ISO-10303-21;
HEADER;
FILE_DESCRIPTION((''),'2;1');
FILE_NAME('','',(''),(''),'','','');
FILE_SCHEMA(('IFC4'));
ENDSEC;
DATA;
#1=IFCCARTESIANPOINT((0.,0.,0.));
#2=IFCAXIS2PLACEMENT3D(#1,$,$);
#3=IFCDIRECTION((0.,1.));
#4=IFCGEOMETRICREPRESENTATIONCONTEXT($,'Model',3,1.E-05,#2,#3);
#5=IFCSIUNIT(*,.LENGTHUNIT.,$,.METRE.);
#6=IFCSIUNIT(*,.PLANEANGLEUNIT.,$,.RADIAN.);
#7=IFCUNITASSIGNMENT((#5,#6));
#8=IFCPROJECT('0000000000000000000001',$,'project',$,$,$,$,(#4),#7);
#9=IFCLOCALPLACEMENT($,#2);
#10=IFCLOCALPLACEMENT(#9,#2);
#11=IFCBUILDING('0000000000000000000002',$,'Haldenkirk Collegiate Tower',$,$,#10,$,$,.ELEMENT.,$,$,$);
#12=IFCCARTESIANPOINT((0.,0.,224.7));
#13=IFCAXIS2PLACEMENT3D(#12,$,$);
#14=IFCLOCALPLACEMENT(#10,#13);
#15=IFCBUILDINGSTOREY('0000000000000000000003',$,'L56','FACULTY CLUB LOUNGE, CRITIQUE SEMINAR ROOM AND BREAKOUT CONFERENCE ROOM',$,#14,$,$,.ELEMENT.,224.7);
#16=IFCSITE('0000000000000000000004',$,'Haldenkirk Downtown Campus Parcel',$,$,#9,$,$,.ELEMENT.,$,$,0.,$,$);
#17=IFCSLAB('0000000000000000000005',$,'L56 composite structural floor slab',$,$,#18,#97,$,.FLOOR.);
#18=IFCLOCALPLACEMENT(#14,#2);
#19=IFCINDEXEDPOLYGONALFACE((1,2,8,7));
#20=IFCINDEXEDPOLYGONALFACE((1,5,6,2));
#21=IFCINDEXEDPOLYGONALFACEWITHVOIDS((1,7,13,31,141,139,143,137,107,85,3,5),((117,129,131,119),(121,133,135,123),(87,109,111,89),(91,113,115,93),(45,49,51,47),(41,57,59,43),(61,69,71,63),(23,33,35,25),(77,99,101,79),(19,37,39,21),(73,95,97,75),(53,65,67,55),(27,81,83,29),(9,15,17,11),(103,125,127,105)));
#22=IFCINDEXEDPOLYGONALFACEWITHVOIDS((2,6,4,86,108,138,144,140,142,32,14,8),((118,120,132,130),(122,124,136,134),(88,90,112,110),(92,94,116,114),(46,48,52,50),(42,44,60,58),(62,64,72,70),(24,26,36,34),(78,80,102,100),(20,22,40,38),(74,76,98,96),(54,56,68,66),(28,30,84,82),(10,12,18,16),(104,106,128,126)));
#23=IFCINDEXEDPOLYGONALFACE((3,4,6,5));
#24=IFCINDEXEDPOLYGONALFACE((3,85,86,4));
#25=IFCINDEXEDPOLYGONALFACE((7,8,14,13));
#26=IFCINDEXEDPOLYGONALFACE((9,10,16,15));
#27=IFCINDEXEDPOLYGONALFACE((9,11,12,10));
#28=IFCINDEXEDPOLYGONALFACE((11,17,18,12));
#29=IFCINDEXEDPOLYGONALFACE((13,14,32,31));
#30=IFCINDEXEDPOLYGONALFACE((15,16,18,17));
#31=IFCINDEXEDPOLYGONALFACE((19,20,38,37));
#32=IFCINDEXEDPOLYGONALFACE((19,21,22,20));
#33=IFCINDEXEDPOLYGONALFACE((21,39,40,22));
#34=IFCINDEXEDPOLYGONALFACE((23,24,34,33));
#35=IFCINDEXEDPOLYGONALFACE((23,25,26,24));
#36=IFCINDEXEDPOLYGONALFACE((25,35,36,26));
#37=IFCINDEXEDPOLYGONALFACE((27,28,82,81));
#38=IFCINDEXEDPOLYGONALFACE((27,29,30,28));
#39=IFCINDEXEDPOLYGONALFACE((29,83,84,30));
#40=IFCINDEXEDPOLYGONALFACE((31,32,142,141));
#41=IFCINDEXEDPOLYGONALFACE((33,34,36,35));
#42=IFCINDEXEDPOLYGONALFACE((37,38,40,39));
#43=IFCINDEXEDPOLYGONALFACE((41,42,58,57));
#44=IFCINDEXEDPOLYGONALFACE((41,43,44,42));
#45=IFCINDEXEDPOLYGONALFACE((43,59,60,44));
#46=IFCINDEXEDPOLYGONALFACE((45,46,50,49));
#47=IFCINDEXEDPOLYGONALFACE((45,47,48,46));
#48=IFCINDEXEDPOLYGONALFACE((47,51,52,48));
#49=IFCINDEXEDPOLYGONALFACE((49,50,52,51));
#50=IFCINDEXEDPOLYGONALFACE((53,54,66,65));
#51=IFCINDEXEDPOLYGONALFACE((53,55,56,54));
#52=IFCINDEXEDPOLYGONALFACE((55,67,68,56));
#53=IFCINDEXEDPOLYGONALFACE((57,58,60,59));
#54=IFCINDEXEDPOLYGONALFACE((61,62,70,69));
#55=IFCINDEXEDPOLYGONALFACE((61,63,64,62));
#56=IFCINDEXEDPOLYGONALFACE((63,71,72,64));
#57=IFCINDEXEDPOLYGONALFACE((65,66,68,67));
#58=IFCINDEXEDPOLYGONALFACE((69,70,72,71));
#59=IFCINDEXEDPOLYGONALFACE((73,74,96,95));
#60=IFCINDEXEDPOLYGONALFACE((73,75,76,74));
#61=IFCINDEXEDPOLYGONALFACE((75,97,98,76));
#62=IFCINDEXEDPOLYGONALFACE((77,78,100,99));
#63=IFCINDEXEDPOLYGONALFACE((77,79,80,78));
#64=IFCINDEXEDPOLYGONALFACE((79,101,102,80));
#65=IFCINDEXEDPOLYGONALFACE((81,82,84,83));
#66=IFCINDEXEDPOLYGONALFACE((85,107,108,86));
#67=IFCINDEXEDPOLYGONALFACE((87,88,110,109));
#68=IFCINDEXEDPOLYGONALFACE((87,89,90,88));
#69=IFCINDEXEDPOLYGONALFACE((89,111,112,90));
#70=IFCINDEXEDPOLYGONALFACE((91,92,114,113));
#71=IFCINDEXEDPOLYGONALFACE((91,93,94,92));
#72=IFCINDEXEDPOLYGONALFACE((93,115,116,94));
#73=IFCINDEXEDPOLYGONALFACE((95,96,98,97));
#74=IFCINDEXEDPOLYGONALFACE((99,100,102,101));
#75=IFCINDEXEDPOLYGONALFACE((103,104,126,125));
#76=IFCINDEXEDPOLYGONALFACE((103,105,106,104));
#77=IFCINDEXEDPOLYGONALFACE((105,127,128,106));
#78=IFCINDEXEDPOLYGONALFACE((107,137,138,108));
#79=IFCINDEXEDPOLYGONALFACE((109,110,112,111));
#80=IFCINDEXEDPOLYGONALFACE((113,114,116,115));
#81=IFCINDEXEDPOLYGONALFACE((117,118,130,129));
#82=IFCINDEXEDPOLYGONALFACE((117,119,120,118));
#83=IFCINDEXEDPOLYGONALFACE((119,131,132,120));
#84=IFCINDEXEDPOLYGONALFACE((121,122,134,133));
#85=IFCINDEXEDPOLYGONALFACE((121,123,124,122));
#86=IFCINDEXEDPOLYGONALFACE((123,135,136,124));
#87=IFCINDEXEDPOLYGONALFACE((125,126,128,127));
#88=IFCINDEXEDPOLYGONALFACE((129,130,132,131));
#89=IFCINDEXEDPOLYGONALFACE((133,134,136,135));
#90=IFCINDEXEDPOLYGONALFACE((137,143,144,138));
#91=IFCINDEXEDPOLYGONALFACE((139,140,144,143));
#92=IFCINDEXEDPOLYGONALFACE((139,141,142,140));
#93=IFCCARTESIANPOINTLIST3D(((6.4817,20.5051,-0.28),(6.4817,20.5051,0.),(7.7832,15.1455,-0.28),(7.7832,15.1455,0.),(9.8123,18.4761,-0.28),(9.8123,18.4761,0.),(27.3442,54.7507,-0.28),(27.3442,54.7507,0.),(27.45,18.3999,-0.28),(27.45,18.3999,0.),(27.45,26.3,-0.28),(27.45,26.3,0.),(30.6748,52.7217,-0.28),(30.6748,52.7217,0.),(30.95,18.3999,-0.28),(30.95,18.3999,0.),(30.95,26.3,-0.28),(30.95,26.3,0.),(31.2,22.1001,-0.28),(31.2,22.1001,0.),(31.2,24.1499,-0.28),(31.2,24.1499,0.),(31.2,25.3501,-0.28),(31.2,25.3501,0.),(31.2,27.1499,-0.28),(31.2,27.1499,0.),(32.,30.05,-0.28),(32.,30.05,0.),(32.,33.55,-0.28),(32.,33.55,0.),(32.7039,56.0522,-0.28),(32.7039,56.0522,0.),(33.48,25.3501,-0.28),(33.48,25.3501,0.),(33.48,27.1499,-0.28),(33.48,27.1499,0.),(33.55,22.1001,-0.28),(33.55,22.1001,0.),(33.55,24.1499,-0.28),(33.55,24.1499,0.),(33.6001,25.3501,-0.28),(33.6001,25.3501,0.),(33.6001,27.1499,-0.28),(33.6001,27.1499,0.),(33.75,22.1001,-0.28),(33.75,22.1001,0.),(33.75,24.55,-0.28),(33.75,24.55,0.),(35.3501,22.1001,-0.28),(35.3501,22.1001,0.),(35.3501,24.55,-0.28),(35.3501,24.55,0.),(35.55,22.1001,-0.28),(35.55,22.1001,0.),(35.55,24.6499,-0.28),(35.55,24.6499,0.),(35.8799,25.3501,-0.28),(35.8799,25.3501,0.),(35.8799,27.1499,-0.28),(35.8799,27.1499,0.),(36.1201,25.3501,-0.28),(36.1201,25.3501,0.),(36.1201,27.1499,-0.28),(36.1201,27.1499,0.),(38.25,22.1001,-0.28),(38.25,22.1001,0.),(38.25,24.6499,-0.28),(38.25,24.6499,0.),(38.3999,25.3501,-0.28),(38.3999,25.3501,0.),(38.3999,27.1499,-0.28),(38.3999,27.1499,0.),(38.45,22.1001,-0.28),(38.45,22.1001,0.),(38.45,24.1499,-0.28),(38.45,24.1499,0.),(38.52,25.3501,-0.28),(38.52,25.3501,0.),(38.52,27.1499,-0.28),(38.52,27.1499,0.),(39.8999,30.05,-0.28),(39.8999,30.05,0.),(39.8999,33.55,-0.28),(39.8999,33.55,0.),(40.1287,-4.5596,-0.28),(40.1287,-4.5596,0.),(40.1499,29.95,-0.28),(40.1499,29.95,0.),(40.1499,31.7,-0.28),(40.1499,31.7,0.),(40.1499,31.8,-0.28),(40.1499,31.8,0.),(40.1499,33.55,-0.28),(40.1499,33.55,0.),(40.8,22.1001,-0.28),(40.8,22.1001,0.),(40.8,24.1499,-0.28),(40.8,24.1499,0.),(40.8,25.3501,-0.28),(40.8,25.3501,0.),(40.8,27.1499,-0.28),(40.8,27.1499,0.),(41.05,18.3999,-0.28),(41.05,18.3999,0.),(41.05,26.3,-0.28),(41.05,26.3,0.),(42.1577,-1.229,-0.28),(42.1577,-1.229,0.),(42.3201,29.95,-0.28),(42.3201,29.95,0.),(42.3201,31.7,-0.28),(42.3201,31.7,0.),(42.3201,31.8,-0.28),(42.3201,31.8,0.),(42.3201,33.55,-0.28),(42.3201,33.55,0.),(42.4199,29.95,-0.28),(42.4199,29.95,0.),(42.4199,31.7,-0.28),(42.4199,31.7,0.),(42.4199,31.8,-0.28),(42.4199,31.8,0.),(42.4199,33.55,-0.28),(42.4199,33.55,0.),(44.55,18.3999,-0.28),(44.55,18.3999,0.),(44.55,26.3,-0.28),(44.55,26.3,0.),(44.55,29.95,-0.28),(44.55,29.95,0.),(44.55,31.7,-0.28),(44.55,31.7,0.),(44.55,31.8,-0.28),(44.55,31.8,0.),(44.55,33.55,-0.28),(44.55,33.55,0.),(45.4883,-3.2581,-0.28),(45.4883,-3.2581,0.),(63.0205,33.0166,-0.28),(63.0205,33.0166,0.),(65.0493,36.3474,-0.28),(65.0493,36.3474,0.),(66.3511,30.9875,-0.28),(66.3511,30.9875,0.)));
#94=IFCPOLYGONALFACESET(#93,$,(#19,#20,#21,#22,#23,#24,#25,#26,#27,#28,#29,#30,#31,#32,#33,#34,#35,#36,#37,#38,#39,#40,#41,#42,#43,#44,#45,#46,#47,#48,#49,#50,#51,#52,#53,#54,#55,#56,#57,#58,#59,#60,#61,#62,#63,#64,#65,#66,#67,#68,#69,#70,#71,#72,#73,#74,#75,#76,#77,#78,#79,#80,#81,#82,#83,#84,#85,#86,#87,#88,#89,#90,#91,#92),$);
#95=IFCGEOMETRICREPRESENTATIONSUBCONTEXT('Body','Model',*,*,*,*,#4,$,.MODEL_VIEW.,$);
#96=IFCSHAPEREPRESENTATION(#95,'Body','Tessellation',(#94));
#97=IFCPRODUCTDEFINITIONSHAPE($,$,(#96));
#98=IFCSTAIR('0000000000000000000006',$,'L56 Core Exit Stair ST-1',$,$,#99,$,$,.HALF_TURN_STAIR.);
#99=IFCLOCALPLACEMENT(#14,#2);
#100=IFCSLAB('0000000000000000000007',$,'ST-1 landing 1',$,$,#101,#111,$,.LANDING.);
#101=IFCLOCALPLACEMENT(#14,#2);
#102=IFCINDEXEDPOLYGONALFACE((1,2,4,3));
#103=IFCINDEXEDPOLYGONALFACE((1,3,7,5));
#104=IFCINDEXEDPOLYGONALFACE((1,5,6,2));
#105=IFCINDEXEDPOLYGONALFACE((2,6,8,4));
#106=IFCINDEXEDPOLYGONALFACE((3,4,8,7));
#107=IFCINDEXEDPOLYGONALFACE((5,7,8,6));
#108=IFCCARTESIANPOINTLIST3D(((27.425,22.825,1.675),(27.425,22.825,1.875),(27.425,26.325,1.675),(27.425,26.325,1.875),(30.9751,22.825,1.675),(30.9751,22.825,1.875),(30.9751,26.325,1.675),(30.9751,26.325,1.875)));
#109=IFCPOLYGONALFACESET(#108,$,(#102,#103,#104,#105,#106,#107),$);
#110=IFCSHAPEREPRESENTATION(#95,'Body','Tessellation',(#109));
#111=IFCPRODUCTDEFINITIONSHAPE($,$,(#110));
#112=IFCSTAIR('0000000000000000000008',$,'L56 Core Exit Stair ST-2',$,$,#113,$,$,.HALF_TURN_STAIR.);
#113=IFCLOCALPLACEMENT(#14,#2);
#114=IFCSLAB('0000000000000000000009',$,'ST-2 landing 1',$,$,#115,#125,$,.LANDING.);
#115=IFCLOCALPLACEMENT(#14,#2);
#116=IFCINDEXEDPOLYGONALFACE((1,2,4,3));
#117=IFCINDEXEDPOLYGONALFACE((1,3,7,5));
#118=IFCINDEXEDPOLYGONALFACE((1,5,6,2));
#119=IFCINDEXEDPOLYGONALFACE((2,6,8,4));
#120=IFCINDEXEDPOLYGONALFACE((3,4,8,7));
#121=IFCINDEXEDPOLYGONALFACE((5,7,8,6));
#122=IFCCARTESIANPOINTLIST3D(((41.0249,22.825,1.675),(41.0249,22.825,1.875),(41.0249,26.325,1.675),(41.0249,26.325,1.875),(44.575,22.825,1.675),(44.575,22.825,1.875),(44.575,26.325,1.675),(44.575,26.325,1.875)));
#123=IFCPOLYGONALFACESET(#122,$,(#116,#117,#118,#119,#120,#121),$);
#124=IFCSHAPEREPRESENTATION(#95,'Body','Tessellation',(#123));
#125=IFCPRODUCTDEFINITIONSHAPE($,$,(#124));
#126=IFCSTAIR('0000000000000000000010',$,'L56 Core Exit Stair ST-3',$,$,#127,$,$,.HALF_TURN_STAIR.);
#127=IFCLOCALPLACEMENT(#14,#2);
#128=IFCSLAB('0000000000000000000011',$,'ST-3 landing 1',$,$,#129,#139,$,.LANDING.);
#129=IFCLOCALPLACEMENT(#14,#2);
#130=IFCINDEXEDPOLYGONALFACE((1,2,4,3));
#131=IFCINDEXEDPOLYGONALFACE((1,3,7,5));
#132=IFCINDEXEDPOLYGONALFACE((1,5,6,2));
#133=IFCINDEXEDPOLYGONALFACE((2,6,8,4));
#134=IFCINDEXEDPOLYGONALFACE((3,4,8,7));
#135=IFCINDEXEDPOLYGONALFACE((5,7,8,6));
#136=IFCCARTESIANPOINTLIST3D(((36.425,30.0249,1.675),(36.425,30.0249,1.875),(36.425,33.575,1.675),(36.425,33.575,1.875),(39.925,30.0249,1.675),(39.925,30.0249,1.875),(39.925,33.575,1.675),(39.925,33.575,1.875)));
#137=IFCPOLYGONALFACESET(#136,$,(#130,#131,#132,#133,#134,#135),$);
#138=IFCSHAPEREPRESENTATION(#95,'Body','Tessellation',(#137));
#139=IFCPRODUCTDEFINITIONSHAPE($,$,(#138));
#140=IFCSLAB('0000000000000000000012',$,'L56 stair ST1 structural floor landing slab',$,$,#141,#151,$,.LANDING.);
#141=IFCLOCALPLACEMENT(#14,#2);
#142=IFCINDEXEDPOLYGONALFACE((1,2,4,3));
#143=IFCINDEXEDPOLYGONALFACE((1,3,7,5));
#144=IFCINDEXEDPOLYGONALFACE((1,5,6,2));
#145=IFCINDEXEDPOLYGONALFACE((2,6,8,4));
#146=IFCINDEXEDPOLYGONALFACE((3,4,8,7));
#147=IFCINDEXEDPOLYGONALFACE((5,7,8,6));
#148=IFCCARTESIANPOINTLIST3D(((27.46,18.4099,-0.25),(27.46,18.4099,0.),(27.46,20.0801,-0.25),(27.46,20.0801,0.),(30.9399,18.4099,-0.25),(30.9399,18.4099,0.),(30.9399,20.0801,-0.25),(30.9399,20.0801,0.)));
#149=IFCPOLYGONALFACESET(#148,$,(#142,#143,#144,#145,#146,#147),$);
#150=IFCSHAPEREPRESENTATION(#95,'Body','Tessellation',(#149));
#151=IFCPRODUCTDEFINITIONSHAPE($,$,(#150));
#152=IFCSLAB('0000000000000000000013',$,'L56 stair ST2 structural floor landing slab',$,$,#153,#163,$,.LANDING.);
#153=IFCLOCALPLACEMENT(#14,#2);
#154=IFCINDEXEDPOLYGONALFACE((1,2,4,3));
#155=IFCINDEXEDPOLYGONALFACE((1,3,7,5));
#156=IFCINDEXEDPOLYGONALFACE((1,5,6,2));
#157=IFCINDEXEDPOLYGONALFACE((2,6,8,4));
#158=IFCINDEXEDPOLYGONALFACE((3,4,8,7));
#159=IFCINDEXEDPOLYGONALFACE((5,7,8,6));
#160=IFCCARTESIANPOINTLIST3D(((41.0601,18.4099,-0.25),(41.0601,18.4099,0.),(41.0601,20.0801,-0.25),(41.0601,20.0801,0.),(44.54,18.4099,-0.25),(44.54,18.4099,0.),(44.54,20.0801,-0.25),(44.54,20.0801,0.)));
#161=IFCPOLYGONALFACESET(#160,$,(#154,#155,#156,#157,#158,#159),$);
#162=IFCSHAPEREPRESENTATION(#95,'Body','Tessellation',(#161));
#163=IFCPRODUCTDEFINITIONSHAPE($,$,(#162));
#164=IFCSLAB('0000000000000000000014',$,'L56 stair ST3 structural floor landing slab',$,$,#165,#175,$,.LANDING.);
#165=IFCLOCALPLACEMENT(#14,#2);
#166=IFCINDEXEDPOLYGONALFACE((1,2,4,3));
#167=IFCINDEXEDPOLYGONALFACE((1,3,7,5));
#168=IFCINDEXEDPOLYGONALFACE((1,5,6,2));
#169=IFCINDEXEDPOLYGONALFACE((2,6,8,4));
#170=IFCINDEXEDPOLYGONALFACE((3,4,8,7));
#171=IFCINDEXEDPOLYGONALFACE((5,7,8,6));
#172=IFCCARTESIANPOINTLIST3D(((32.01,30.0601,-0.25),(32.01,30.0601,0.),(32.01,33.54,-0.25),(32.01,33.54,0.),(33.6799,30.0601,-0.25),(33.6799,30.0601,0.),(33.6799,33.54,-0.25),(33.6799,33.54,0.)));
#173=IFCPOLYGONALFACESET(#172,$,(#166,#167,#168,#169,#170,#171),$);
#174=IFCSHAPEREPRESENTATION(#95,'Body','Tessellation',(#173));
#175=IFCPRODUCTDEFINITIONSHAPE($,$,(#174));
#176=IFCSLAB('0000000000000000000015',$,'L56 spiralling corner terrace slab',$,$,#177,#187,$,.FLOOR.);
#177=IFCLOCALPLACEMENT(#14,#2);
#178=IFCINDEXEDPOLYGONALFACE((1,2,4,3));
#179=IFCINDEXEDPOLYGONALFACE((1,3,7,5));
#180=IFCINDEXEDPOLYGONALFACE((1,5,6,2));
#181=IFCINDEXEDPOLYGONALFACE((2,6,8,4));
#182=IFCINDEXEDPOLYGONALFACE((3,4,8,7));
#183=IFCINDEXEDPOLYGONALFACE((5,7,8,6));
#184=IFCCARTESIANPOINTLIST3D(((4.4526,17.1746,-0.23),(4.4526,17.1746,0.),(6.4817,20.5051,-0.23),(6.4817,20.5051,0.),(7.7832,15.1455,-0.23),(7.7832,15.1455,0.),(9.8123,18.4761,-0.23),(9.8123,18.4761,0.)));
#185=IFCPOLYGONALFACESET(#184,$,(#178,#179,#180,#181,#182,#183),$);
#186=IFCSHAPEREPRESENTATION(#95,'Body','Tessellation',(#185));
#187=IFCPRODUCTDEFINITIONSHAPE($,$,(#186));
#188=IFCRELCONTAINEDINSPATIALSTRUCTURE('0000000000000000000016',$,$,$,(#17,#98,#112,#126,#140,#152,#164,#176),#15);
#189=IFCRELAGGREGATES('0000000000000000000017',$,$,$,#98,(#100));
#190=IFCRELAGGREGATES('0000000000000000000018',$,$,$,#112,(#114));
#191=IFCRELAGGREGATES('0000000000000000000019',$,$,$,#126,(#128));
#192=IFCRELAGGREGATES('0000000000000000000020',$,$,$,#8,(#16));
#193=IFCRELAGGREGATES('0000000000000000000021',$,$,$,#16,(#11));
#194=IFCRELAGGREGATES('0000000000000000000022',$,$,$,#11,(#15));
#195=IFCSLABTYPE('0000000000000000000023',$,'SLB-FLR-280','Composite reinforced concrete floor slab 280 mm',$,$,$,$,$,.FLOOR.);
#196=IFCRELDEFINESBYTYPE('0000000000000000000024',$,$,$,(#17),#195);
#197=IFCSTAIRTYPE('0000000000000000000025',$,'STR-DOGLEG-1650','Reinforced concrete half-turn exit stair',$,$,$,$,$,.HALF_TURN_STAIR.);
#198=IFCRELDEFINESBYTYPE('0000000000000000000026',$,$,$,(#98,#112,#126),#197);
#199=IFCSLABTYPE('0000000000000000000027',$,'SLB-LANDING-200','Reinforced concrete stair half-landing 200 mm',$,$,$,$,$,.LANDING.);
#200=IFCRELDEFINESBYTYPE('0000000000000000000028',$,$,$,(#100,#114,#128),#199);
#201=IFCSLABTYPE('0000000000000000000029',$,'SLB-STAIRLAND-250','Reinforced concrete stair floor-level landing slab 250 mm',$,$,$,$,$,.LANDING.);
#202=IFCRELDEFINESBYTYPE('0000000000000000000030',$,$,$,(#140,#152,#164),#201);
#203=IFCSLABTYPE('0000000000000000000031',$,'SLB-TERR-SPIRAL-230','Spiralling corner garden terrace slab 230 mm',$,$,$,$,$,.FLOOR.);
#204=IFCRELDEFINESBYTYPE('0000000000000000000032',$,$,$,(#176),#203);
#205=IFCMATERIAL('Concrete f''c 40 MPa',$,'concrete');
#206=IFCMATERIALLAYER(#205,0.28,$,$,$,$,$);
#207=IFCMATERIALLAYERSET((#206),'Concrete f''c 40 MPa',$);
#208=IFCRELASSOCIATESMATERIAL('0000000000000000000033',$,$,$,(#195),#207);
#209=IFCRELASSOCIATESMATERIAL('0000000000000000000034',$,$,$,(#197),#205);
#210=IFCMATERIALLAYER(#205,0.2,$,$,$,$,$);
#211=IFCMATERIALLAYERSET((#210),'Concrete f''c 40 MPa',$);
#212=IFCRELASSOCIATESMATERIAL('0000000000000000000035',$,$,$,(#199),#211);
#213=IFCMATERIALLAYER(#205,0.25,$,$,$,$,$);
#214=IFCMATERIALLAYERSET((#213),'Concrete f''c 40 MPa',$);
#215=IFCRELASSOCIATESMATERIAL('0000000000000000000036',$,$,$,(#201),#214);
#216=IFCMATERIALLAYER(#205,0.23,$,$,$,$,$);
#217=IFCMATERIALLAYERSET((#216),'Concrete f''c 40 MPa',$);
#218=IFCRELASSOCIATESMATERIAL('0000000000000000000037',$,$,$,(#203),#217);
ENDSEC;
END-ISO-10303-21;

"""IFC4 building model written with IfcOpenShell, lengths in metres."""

from ifc_helpers import new_model, si_unit, direction, frame, origin, place, context, subcontext, project, spatial, polyline, outline, extrude, material, layer, layer_set, type_object, element, aggregate, save


model = new_model("IFC4")

# Units and contexts
model_context = context("Model", 3, precision=1e-05, world=origin(), true_north=direction((0.0, 1.0)))
body_context = subcontext(model_context, "Body", "Model", "MODEL_VIEW")
ifc_project = project(units=[si_unit("LENGTHUNIT", "METRE"), si_unit("PLANEANGLEUNIT", "RADIAN")], contexts=[model_context])

# Site, building, storey
site_placement = place(None, origin())
site = spatial("IfcSite", under=ifc_project, at=site_placement, Name="Haldenkirk Downtown Campus Parcel", CompositionType="ELEMENT", RefElevation=0.0)
building_placement = place(site_placement, origin())
building = spatial("IfcBuilding", under=site, at=building_placement, Name="Haldenkirk Collegiate Tower", CompositionType="ELEMENT")
storey_placement = place(building_placement, frame((0.0, 0.0, 224.7)))
storey = spatial("IfcBuildingStorey", under=building, at=storey_placement, Name="L56", Description="FACULTY CLUB LOUNGE, CRITIQUE SEMINAR ROOM AND BREAKOUT CONFERENCE ROOM", CompositionType="ELEMENT", Elevation=224.7)

# Slab
ifc_material_1 = material(Name="Concrete f'c 40 MPa", Category="concrete")
ifc_layer_1 = layer(ifc_material_1, 0.28)
ifc_layer_set_1 = layer_set([ifc_layer_1], Name="Concrete f'c 40 MPa")
slab_type_1 = type_object("IfcSlabType", Name="SLB-FLR-280", Description="Composite reinforced concrete floor slab 280 mm", PredefinedType="FLOOR", material=ifc_layer_set_1)
slab_1_placement = place(storey_placement, frame((0.0, 0.0, -0.28)))
element("IfcSlab", 1, at=slab_1_placement, inside=storey, type_object=slab_type_1, Name="L56 composite structural floor slab", PredefinedType="FLOOR", context=body_context, shape_type="SweptSolid", body=[
    extrude(outline(polyline([(45.4883, -3.2581), (66.3511, 30.9875), (63.0205, 33.0166), (65.0493, 36.3474), (32.7039, 56.0522), (30.6748, 52.7217), (27.3442, 54.7507), (6.4817, 20.5051), (9.8123, 18.4761), (7.7832, 15.1455), (40.1287, -4.5596), (42.1577, -1.229), (45.4883, -3.2581)]), holes=[polyline([(27.45, 18.3999), (30.95, 18.3999), (30.95, 26.3), (27.45, 26.3), (27.45, 18.3999)]), polyline([(41.05, 18.3999), (44.55, 18.3999), (44.55, 26.3), (41.05, 26.3), (41.05, 18.3999)]), polyline([(32.0, 30.05), (39.8999, 30.05), (39.8999, 33.55), (32.0, 33.55), (32.0, 30.05)]), polyline([(33.75, 22.1001), (35.3501, 22.1001), (35.3501, 24.55), (33.75, 24.55), (33.75, 22.1001)]), polyline([(40.1499, 29.95), (42.3201, 29.95), (42.3201, 31.7), (40.1499, 31.7), (40.1499, 29.95)]), polyline([(42.4199, 29.95), (44.55, 29.95), (44.55, 31.7), (42.4199, 31.7), (42.4199, 29.95)]), polyline([(40.1499, 31.8), (42.3201, 31.8), (42.3201, 33.55), (40.1499, 33.55), (40.1499, 31.8)]), polyline([(42.4199, 31.8), (44.55, 31.8), (44.55, 33.55), (42.4199, 33.55), (42.4199, 31.8)]), polyline([(31.2, 25.3501), (33.48, 25.3501), (33.48, 27.1499), (31.2, 27.1499), (31.2, 25.3501)]), polyline([(33.6001, 25.3501), (35.8799, 25.3501), (35.8799, 27.1499), (33.6001, 27.1499), (33.6001, 25.3501)]), polyline([(36.1201, 25.3501), (38.3999, 25.3501), (38.3999, 27.1499), (36.1201, 27.1499), (36.1201, 25.3501)]), polyline([(38.52, 25.3501), (40.8, 25.3501), (40.8, 27.1499), (38.52, 27.1499), (38.52, 25.3501)]), polyline([(31.2, 22.1001), (33.55, 22.1001), (33.55, 24.1499), (31.2, 24.1499), (31.2, 22.1001)]), polyline([(38.45, 22.1001), (40.8, 22.1001), (40.8, 24.1499), (38.45, 24.1499), (38.45, 22.1001)]), polyline([(35.55, 22.1001), (38.25, 22.1001), (38.25, 24.6499), (35.55, 24.6499), (35.55, 22.1001)])]), origin(), (0.0, 0.0, 1.0), 0.28),
])

# Stairs, slabs
stair_type = type_object("IfcStairType", Name="STR-DOGLEG-1650", Description="Reinforced concrete half-turn exit stair", PredefinedType="HALF_TURN_STAIR", material=ifc_material_1)
stair_1_placement = place(storey_placement, origin())
stair_1 = element("IfcStair", 2, at=stair_1_placement, inside=storey, type_object=stair_type, Name="L56 Core Exit Stair ST-1", PredefinedType="HALF_TURN_STAIR")
ifc_layer_2 = layer(ifc_material_1, 0.2)
ifc_layer_set_2 = layer_set([ifc_layer_2], Name="Concrete f'c 40 MPa")
slab_type_2 = type_object("IfcSlabType", Name="SLB-LANDING-200", Description="Reinforced concrete stair half-landing 200 mm", PredefinedType="LANDING", material=ifc_layer_set_2)
slab_2_placement = place(storey_placement, frame((0.0, 0.0, 1.675)))
slab_2 = element("IfcSlab", 3, at=slab_2_placement, type_object=slab_type_2, Name="ST-1 landing 1", PredefinedType="LANDING", context=body_context, shape_type="SweptSolid", body=[
    extrude(outline(polyline([(30.9751, 22.825), (27.425, 22.825), (27.425, 26.325), (30.9751, 26.325), (30.9751, 22.825)])), origin(), (0.0, 0.0, 1.0), 0.2),
])
aggregate(stair_1, [slab_2])
stair_2_placement = place(storey_placement, origin())
stair_2 = element("IfcStair", 4, at=stair_2_placement, inside=storey, type_object=stair_type, Name="L56 Core Exit Stair ST-2", PredefinedType="HALF_TURN_STAIR")
slab_3_placement = place(storey_placement, frame((0.0, 0.0, 1.675)))
slab_3 = element("IfcSlab", 5, at=slab_3_placement, type_object=slab_type_2, Name="ST-2 landing 1", PredefinedType="LANDING", context=body_context, shape_type="SweptSolid", body=[
    extrude(outline(polyline([(44.575, 22.825), (41.0249, 22.825), (41.0249, 26.325), (44.575, 26.325), (44.575, 22.825)])), origin(), (0.0, 0.0, 1.0), 0.2),
])
aggregate(stair_2, [slab_3])
stair_3_placement = place(storey_placement, origin())
stair_3 = element("IfcStair", 6, at=stair_3_placement, inside=storey, type_object=stair_type, Name="L56 Core Exit Stair ST-3", PredefinedType="HALF_TURN_STAIR")
slab_4_placement = place(storey_placement, frame((0.0, 0.0, 1.675)))
slab_4 = element("IfcSlab", 7, at=slab_4_placement, type_object=slab_type_2, Name="ST-3 landing 1", PredefinedType="LANDING", context=body_context, shape_type="SweptSolid", body=[
    extrude(outline(polyline([(36.425, 30.0249), (36.425, 33.575), (39.925, 33.575), (39.925, 30.0249), (36.425, 30.0249)])), origin(), (0.0, 0.0, 1.0), 0.2),
])
aggregate(stair_3, [slab_4])

# Slabs
ifc_layer_3 = layer(ifc_material_1, 0.25)
ifc_layer_set_3 = layer_set([ifc_layer_3], Name="Concrete f'c 40 MPa")
slab_type_3 = type_object("IfcSlabType", Name="SLB-STAIRLAND-250", Description="Reinforced concrete stair floor-level landing slab 250 mm", PredefinedType="LANDING", material=ifc_layer_set_3)
slab_5_placement = place(storey_placement, frame((0.0, 0.0, -0.25)))
element("IfcSlab", 8, at=slab_5_placement, inside=storey, type_object=slab_type_3, Name="L56 stair ST1 structural floor landing slab", PredefinedType="LANDING", context=body_context, shape_type="SweptSolid", body=[
    extrude(outline(polyline([(27.46, 18.4099), (30.9399, 18.4099), (30.9399, 20.0801), (27.46, 20.0801), (27.46, 18.4099)])), origin(), (0.0, 0.0, 1.0), 0.25),
])
slab_6_placement = place(storey_placement, frame((0.0, 0.0, -0.25)))
element("IfcSlab", 9, at=slab_6_placement, inside=storey, type_object=slab_type_3, Name="L56 stair ST2 structural floor landing slab", PredefinedType="LANDING", context=body_context, shape_type="SweptSolid", body=[
    extrude(outline(polyline([(41.0601, 18.4099), (44.54, 18.4099), (44.54, 20.0801), (41.0601, 20.0801), (41.0601, 18.4099)])), origin(), (0.0, 0.0, 1.0), 0.25),
])
slab_7_placement = place(storey_placement, frame((0.0, 0.0, -0.25)))
element("IfcSlab", 10, at=slab_7_placement, inside=storey, type_object=slab_type_3, Name="L56 stair ST3 structural floor landing slab", PredefinedType="LANDING", context=body_context, shape_type="SweptSolid", body=[
    extrude(outline(polyline([(32.01, 30.0601), (33.6799, 30.0601), (33.6799, 33.54), (32.01, 33.54), (32.01, 30.0601)])), origin(), (0.0, 0.0, 1.0), 0.25),
])
ifc_layer_4 = layer(ifc_material_1, 0.23)
ifc_layer_set_4 = layer_set([ifc_layer_4], Name="Concrete f'c 40 MPa")
slab_type_4 = type_object("IfcSlabType", Name="SLB-TERR-SPIRAL-230", Description="Spiralling corner garden terrace slab 230 mm", PredefinedType="FLOOR", material=ifc_layer_set_4)
slab_8_placement = place(storey_placement, frame((0.0, 0.0, -0.23)))
element("IfcSlab", 11, at=slab_8_placement, inside=storey, type_object=slab_type_4, Name="L56 spiralling corner terrace slab", PredefinedType="FLOOR", context=body_context, shape_type="SweptSolid", body=[
    extrude(outline(polyline([(7.7832, 15.1455), (9.8123, 18.4761), (6.4817, 20.5051), (4.4526, 17.1746), (7.7832, 15.1455)])), origin(), (0.0, 0.0, 1.0), 0.23),
])

save(model, "model.ifc")
